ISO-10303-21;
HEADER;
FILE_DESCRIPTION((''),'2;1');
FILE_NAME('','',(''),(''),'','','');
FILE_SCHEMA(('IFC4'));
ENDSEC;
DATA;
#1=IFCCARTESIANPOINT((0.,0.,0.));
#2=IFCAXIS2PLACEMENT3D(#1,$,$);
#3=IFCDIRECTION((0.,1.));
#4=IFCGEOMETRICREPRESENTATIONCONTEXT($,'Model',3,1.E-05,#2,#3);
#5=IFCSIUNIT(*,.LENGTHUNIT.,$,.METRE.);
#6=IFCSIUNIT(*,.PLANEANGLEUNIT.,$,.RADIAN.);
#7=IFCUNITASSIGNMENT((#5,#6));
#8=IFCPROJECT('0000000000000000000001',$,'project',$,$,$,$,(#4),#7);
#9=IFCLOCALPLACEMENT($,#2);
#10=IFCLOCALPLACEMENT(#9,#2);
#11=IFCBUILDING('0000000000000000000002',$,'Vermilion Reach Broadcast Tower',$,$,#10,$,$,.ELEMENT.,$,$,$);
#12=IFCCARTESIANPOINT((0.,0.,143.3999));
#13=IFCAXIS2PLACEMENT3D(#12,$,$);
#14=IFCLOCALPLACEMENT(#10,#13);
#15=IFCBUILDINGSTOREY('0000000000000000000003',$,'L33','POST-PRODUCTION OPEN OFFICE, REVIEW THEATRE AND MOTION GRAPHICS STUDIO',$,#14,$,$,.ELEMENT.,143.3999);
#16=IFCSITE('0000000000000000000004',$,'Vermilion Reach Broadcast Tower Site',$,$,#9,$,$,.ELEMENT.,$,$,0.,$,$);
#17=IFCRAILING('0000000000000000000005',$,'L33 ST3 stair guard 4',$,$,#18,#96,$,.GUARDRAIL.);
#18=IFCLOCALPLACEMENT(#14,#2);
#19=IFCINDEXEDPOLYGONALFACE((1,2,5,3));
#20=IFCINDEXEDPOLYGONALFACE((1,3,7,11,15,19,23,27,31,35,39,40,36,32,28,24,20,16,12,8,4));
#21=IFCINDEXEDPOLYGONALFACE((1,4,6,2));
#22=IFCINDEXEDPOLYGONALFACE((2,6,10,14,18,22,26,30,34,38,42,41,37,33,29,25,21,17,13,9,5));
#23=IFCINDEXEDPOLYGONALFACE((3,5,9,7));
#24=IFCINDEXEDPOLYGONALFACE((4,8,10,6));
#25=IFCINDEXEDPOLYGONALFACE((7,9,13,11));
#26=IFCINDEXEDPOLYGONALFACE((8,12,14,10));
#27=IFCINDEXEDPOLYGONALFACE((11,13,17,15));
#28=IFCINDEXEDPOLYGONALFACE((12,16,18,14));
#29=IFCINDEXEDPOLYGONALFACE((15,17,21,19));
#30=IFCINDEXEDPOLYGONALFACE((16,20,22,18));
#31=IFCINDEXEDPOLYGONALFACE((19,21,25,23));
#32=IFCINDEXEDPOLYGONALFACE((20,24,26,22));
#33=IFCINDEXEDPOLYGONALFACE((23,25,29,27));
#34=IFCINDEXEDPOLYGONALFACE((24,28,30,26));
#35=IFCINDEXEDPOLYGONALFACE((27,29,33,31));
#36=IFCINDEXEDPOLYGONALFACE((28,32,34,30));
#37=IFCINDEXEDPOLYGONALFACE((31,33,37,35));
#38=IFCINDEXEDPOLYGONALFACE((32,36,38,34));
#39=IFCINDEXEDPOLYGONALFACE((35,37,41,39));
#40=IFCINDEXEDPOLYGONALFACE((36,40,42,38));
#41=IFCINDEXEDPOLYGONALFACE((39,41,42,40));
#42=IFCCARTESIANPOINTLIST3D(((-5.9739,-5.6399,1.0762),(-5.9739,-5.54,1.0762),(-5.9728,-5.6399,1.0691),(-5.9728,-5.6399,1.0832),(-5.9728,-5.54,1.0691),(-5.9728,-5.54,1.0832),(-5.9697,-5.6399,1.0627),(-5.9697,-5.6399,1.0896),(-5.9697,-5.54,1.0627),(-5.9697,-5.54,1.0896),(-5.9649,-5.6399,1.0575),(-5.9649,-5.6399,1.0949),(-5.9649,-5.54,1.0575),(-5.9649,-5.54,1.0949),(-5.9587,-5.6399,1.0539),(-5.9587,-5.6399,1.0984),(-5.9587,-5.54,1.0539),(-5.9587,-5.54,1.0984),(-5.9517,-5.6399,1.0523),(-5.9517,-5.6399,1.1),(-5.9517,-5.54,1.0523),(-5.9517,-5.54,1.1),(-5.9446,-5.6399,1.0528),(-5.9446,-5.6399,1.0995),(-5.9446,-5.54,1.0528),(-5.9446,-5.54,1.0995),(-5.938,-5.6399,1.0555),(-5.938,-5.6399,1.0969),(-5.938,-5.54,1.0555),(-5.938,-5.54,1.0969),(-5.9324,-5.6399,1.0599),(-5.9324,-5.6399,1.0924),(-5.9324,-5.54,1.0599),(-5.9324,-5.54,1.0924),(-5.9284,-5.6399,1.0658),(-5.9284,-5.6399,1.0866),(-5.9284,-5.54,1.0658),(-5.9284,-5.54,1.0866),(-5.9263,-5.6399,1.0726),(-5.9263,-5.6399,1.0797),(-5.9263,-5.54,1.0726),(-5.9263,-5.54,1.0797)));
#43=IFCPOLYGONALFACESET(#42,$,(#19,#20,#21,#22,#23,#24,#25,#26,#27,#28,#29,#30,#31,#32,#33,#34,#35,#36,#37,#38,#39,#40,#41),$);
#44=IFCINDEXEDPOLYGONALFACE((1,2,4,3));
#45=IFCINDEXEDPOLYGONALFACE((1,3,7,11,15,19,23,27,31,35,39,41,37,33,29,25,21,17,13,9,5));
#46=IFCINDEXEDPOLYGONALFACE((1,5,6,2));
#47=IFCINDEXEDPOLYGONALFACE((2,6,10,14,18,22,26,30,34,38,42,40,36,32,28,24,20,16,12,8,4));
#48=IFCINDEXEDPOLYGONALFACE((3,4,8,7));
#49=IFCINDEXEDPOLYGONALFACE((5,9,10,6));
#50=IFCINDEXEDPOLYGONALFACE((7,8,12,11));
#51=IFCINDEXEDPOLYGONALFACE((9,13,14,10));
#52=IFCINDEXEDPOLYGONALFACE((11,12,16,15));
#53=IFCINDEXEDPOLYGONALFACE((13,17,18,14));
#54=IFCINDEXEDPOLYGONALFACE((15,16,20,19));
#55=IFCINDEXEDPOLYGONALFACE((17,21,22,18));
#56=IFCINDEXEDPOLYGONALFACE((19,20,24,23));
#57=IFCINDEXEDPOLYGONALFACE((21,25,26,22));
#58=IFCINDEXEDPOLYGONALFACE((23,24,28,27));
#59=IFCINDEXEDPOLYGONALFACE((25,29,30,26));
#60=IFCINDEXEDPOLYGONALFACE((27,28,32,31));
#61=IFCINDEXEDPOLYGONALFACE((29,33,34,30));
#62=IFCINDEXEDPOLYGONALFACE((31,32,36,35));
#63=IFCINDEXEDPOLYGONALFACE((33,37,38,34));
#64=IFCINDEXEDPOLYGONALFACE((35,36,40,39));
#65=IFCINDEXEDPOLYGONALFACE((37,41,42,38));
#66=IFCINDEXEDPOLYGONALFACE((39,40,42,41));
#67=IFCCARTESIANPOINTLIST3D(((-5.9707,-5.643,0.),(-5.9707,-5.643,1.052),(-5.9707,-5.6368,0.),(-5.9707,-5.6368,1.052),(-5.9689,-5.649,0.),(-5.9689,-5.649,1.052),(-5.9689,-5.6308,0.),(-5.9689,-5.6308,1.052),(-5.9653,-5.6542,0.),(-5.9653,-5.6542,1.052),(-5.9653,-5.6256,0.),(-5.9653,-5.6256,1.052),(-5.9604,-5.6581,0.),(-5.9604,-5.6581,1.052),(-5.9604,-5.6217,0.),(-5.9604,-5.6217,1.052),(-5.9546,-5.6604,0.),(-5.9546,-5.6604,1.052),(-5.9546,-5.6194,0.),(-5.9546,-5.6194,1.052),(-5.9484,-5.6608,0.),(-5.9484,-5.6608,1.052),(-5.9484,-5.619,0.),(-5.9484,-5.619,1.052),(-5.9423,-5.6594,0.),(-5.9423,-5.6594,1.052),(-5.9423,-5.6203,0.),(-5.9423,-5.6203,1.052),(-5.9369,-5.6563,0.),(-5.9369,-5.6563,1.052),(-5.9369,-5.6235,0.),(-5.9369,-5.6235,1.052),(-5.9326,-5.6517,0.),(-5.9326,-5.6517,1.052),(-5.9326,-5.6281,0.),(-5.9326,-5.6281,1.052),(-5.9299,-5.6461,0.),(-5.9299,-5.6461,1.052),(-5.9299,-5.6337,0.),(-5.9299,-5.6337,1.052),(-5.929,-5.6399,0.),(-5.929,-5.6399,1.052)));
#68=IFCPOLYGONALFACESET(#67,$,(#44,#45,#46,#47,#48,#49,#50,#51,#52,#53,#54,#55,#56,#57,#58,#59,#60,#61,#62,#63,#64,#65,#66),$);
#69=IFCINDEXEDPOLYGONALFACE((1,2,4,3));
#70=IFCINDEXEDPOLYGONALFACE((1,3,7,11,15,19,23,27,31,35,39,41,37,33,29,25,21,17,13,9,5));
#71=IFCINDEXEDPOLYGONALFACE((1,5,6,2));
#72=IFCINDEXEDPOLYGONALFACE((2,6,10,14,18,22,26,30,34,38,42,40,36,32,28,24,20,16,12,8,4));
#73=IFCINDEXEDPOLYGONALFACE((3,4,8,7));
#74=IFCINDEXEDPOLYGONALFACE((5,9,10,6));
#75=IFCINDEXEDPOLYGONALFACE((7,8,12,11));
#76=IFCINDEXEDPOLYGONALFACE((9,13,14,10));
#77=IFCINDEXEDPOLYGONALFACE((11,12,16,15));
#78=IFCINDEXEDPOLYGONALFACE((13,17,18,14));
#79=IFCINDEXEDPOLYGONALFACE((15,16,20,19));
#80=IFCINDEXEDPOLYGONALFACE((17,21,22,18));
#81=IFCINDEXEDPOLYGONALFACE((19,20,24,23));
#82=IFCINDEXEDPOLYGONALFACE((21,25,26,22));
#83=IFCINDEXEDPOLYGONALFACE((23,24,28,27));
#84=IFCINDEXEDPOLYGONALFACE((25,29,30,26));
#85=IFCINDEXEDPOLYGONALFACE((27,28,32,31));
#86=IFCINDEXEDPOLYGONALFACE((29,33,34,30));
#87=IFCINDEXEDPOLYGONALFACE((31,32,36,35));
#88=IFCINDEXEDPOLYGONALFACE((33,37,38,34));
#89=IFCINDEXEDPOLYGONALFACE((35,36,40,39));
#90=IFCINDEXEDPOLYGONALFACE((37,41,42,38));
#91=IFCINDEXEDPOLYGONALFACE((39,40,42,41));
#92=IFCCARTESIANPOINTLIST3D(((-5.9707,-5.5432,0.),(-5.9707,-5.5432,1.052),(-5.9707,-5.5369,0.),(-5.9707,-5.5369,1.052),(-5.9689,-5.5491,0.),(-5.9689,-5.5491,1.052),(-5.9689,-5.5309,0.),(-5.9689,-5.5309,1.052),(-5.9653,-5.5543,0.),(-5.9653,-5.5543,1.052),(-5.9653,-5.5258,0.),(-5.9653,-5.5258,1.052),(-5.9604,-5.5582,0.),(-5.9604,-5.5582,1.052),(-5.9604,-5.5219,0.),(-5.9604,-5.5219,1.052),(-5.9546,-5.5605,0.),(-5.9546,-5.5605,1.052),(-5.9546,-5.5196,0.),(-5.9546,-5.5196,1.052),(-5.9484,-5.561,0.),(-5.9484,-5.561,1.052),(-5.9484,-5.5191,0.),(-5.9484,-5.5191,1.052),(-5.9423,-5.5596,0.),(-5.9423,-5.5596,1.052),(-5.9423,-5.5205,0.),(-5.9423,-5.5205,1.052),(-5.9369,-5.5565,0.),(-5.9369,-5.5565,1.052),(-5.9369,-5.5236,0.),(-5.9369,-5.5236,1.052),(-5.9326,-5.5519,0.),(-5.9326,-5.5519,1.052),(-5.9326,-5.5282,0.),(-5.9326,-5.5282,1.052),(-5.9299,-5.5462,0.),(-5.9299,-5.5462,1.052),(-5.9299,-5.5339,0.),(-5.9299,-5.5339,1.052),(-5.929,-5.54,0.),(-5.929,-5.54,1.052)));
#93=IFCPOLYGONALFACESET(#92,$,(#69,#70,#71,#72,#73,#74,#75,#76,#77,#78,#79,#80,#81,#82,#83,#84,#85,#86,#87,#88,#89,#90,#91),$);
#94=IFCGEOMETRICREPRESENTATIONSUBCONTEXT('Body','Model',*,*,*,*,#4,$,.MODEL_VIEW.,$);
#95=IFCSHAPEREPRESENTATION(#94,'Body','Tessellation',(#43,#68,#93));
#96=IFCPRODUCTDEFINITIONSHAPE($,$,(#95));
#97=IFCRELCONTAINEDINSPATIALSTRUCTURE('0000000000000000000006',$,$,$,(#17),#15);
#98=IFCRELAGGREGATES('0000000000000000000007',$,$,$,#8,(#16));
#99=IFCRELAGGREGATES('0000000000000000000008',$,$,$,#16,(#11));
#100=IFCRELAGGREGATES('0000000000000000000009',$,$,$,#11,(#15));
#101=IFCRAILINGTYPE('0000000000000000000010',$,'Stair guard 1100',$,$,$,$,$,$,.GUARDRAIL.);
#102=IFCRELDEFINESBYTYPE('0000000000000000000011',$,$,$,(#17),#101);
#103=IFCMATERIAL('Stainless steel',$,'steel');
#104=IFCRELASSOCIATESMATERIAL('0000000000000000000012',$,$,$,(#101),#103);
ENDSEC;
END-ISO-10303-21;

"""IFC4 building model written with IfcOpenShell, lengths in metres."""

from ifc_helpers import new_model, si_unit, direction, frame, origin, origin_2d, place, context, subcontext, project, spatial, circle, extrude, material, type_object, element, save


model = new_model("IFC4")

# Units and contexts
model_context = context("Model", 3, precision=1e-05, world=origin(), true_north=direction((0.0, 1.0)))
body_context = subcontext(model_context, "Body", "Model", "MODEL_VIEW")
ifc_project = project(units=[si_unit("LENGTHUNIT", "METRE"), si_unit("PLANEANGLEUNIT", "RADIAN")], contexts=[model_context])

# Site, building, storey
site_placement = place(None, origin())
site = spatial("IfcSite", under=ifc_project, at=site_placement, Name="Vermilion Reach Broadcast Tower Site", CompositionType="ELEMENT", RefElevation=0.0)
building_placement = place(site_placement, origin())
building = spatial("IfcBuilding", under=site, at=building_placement, Name="Vermilion Reach Broadcast Tower", CompositionType="ELEMENT")
storey_placement = place(building_placement, frame((0.0, 0.0, 143.3999)))
storey = spatial("IfcBuildingStorey", under=building, at=storey_placement, Name="L33", Description="POST-PRODUCTION OPEN OFFICE, REVIEW THEATRE AND MOTION GRAPHICS STUDIO", CompositionType="ELEMENT", Elevation=143.3999)

# Railing
ifc_material_1 = material(Name="Stainless steel", Category="steel")
railing_type_1 = type_object("IfcRailingType", Name="Stair guard 1100", PredefinedType="GUARDRAIL", material=ifc_material_1)
railing_1_placement = place(storey_placement, frame((-5.95, -5.6399, 0.0)))
element("IfcRailing", 1, at=railing_1_placement, inside=storey, type_object=railing_type_1, Name="L33 ST3 stair guard 4", PredefinedType="GUARDRAIL", context=body_context, shape_type="SweptSolid", body=[
    extrude(circle(Radius=0.0239, at=origin_2d()), frame((0.0, 0.0, 1.0762), z_axis=(0.0, 1.0, 0.0), x_axis=(-1.0, 0.0, 0.0)), (0.0, 0.0, 1.0), 0.0999),
    extrude(circle(Radius=0.021, at=origin_2d()), origin(), (0.0, 0.0, 1.0), 1.052),
    extrude(circle(Radius=0.021, at=origin_2d()), frame((0.0, 0.0999, 0.0)), (0.0, 0.0, 1.0), 1.052),
])

save(model, "model.ifc")
